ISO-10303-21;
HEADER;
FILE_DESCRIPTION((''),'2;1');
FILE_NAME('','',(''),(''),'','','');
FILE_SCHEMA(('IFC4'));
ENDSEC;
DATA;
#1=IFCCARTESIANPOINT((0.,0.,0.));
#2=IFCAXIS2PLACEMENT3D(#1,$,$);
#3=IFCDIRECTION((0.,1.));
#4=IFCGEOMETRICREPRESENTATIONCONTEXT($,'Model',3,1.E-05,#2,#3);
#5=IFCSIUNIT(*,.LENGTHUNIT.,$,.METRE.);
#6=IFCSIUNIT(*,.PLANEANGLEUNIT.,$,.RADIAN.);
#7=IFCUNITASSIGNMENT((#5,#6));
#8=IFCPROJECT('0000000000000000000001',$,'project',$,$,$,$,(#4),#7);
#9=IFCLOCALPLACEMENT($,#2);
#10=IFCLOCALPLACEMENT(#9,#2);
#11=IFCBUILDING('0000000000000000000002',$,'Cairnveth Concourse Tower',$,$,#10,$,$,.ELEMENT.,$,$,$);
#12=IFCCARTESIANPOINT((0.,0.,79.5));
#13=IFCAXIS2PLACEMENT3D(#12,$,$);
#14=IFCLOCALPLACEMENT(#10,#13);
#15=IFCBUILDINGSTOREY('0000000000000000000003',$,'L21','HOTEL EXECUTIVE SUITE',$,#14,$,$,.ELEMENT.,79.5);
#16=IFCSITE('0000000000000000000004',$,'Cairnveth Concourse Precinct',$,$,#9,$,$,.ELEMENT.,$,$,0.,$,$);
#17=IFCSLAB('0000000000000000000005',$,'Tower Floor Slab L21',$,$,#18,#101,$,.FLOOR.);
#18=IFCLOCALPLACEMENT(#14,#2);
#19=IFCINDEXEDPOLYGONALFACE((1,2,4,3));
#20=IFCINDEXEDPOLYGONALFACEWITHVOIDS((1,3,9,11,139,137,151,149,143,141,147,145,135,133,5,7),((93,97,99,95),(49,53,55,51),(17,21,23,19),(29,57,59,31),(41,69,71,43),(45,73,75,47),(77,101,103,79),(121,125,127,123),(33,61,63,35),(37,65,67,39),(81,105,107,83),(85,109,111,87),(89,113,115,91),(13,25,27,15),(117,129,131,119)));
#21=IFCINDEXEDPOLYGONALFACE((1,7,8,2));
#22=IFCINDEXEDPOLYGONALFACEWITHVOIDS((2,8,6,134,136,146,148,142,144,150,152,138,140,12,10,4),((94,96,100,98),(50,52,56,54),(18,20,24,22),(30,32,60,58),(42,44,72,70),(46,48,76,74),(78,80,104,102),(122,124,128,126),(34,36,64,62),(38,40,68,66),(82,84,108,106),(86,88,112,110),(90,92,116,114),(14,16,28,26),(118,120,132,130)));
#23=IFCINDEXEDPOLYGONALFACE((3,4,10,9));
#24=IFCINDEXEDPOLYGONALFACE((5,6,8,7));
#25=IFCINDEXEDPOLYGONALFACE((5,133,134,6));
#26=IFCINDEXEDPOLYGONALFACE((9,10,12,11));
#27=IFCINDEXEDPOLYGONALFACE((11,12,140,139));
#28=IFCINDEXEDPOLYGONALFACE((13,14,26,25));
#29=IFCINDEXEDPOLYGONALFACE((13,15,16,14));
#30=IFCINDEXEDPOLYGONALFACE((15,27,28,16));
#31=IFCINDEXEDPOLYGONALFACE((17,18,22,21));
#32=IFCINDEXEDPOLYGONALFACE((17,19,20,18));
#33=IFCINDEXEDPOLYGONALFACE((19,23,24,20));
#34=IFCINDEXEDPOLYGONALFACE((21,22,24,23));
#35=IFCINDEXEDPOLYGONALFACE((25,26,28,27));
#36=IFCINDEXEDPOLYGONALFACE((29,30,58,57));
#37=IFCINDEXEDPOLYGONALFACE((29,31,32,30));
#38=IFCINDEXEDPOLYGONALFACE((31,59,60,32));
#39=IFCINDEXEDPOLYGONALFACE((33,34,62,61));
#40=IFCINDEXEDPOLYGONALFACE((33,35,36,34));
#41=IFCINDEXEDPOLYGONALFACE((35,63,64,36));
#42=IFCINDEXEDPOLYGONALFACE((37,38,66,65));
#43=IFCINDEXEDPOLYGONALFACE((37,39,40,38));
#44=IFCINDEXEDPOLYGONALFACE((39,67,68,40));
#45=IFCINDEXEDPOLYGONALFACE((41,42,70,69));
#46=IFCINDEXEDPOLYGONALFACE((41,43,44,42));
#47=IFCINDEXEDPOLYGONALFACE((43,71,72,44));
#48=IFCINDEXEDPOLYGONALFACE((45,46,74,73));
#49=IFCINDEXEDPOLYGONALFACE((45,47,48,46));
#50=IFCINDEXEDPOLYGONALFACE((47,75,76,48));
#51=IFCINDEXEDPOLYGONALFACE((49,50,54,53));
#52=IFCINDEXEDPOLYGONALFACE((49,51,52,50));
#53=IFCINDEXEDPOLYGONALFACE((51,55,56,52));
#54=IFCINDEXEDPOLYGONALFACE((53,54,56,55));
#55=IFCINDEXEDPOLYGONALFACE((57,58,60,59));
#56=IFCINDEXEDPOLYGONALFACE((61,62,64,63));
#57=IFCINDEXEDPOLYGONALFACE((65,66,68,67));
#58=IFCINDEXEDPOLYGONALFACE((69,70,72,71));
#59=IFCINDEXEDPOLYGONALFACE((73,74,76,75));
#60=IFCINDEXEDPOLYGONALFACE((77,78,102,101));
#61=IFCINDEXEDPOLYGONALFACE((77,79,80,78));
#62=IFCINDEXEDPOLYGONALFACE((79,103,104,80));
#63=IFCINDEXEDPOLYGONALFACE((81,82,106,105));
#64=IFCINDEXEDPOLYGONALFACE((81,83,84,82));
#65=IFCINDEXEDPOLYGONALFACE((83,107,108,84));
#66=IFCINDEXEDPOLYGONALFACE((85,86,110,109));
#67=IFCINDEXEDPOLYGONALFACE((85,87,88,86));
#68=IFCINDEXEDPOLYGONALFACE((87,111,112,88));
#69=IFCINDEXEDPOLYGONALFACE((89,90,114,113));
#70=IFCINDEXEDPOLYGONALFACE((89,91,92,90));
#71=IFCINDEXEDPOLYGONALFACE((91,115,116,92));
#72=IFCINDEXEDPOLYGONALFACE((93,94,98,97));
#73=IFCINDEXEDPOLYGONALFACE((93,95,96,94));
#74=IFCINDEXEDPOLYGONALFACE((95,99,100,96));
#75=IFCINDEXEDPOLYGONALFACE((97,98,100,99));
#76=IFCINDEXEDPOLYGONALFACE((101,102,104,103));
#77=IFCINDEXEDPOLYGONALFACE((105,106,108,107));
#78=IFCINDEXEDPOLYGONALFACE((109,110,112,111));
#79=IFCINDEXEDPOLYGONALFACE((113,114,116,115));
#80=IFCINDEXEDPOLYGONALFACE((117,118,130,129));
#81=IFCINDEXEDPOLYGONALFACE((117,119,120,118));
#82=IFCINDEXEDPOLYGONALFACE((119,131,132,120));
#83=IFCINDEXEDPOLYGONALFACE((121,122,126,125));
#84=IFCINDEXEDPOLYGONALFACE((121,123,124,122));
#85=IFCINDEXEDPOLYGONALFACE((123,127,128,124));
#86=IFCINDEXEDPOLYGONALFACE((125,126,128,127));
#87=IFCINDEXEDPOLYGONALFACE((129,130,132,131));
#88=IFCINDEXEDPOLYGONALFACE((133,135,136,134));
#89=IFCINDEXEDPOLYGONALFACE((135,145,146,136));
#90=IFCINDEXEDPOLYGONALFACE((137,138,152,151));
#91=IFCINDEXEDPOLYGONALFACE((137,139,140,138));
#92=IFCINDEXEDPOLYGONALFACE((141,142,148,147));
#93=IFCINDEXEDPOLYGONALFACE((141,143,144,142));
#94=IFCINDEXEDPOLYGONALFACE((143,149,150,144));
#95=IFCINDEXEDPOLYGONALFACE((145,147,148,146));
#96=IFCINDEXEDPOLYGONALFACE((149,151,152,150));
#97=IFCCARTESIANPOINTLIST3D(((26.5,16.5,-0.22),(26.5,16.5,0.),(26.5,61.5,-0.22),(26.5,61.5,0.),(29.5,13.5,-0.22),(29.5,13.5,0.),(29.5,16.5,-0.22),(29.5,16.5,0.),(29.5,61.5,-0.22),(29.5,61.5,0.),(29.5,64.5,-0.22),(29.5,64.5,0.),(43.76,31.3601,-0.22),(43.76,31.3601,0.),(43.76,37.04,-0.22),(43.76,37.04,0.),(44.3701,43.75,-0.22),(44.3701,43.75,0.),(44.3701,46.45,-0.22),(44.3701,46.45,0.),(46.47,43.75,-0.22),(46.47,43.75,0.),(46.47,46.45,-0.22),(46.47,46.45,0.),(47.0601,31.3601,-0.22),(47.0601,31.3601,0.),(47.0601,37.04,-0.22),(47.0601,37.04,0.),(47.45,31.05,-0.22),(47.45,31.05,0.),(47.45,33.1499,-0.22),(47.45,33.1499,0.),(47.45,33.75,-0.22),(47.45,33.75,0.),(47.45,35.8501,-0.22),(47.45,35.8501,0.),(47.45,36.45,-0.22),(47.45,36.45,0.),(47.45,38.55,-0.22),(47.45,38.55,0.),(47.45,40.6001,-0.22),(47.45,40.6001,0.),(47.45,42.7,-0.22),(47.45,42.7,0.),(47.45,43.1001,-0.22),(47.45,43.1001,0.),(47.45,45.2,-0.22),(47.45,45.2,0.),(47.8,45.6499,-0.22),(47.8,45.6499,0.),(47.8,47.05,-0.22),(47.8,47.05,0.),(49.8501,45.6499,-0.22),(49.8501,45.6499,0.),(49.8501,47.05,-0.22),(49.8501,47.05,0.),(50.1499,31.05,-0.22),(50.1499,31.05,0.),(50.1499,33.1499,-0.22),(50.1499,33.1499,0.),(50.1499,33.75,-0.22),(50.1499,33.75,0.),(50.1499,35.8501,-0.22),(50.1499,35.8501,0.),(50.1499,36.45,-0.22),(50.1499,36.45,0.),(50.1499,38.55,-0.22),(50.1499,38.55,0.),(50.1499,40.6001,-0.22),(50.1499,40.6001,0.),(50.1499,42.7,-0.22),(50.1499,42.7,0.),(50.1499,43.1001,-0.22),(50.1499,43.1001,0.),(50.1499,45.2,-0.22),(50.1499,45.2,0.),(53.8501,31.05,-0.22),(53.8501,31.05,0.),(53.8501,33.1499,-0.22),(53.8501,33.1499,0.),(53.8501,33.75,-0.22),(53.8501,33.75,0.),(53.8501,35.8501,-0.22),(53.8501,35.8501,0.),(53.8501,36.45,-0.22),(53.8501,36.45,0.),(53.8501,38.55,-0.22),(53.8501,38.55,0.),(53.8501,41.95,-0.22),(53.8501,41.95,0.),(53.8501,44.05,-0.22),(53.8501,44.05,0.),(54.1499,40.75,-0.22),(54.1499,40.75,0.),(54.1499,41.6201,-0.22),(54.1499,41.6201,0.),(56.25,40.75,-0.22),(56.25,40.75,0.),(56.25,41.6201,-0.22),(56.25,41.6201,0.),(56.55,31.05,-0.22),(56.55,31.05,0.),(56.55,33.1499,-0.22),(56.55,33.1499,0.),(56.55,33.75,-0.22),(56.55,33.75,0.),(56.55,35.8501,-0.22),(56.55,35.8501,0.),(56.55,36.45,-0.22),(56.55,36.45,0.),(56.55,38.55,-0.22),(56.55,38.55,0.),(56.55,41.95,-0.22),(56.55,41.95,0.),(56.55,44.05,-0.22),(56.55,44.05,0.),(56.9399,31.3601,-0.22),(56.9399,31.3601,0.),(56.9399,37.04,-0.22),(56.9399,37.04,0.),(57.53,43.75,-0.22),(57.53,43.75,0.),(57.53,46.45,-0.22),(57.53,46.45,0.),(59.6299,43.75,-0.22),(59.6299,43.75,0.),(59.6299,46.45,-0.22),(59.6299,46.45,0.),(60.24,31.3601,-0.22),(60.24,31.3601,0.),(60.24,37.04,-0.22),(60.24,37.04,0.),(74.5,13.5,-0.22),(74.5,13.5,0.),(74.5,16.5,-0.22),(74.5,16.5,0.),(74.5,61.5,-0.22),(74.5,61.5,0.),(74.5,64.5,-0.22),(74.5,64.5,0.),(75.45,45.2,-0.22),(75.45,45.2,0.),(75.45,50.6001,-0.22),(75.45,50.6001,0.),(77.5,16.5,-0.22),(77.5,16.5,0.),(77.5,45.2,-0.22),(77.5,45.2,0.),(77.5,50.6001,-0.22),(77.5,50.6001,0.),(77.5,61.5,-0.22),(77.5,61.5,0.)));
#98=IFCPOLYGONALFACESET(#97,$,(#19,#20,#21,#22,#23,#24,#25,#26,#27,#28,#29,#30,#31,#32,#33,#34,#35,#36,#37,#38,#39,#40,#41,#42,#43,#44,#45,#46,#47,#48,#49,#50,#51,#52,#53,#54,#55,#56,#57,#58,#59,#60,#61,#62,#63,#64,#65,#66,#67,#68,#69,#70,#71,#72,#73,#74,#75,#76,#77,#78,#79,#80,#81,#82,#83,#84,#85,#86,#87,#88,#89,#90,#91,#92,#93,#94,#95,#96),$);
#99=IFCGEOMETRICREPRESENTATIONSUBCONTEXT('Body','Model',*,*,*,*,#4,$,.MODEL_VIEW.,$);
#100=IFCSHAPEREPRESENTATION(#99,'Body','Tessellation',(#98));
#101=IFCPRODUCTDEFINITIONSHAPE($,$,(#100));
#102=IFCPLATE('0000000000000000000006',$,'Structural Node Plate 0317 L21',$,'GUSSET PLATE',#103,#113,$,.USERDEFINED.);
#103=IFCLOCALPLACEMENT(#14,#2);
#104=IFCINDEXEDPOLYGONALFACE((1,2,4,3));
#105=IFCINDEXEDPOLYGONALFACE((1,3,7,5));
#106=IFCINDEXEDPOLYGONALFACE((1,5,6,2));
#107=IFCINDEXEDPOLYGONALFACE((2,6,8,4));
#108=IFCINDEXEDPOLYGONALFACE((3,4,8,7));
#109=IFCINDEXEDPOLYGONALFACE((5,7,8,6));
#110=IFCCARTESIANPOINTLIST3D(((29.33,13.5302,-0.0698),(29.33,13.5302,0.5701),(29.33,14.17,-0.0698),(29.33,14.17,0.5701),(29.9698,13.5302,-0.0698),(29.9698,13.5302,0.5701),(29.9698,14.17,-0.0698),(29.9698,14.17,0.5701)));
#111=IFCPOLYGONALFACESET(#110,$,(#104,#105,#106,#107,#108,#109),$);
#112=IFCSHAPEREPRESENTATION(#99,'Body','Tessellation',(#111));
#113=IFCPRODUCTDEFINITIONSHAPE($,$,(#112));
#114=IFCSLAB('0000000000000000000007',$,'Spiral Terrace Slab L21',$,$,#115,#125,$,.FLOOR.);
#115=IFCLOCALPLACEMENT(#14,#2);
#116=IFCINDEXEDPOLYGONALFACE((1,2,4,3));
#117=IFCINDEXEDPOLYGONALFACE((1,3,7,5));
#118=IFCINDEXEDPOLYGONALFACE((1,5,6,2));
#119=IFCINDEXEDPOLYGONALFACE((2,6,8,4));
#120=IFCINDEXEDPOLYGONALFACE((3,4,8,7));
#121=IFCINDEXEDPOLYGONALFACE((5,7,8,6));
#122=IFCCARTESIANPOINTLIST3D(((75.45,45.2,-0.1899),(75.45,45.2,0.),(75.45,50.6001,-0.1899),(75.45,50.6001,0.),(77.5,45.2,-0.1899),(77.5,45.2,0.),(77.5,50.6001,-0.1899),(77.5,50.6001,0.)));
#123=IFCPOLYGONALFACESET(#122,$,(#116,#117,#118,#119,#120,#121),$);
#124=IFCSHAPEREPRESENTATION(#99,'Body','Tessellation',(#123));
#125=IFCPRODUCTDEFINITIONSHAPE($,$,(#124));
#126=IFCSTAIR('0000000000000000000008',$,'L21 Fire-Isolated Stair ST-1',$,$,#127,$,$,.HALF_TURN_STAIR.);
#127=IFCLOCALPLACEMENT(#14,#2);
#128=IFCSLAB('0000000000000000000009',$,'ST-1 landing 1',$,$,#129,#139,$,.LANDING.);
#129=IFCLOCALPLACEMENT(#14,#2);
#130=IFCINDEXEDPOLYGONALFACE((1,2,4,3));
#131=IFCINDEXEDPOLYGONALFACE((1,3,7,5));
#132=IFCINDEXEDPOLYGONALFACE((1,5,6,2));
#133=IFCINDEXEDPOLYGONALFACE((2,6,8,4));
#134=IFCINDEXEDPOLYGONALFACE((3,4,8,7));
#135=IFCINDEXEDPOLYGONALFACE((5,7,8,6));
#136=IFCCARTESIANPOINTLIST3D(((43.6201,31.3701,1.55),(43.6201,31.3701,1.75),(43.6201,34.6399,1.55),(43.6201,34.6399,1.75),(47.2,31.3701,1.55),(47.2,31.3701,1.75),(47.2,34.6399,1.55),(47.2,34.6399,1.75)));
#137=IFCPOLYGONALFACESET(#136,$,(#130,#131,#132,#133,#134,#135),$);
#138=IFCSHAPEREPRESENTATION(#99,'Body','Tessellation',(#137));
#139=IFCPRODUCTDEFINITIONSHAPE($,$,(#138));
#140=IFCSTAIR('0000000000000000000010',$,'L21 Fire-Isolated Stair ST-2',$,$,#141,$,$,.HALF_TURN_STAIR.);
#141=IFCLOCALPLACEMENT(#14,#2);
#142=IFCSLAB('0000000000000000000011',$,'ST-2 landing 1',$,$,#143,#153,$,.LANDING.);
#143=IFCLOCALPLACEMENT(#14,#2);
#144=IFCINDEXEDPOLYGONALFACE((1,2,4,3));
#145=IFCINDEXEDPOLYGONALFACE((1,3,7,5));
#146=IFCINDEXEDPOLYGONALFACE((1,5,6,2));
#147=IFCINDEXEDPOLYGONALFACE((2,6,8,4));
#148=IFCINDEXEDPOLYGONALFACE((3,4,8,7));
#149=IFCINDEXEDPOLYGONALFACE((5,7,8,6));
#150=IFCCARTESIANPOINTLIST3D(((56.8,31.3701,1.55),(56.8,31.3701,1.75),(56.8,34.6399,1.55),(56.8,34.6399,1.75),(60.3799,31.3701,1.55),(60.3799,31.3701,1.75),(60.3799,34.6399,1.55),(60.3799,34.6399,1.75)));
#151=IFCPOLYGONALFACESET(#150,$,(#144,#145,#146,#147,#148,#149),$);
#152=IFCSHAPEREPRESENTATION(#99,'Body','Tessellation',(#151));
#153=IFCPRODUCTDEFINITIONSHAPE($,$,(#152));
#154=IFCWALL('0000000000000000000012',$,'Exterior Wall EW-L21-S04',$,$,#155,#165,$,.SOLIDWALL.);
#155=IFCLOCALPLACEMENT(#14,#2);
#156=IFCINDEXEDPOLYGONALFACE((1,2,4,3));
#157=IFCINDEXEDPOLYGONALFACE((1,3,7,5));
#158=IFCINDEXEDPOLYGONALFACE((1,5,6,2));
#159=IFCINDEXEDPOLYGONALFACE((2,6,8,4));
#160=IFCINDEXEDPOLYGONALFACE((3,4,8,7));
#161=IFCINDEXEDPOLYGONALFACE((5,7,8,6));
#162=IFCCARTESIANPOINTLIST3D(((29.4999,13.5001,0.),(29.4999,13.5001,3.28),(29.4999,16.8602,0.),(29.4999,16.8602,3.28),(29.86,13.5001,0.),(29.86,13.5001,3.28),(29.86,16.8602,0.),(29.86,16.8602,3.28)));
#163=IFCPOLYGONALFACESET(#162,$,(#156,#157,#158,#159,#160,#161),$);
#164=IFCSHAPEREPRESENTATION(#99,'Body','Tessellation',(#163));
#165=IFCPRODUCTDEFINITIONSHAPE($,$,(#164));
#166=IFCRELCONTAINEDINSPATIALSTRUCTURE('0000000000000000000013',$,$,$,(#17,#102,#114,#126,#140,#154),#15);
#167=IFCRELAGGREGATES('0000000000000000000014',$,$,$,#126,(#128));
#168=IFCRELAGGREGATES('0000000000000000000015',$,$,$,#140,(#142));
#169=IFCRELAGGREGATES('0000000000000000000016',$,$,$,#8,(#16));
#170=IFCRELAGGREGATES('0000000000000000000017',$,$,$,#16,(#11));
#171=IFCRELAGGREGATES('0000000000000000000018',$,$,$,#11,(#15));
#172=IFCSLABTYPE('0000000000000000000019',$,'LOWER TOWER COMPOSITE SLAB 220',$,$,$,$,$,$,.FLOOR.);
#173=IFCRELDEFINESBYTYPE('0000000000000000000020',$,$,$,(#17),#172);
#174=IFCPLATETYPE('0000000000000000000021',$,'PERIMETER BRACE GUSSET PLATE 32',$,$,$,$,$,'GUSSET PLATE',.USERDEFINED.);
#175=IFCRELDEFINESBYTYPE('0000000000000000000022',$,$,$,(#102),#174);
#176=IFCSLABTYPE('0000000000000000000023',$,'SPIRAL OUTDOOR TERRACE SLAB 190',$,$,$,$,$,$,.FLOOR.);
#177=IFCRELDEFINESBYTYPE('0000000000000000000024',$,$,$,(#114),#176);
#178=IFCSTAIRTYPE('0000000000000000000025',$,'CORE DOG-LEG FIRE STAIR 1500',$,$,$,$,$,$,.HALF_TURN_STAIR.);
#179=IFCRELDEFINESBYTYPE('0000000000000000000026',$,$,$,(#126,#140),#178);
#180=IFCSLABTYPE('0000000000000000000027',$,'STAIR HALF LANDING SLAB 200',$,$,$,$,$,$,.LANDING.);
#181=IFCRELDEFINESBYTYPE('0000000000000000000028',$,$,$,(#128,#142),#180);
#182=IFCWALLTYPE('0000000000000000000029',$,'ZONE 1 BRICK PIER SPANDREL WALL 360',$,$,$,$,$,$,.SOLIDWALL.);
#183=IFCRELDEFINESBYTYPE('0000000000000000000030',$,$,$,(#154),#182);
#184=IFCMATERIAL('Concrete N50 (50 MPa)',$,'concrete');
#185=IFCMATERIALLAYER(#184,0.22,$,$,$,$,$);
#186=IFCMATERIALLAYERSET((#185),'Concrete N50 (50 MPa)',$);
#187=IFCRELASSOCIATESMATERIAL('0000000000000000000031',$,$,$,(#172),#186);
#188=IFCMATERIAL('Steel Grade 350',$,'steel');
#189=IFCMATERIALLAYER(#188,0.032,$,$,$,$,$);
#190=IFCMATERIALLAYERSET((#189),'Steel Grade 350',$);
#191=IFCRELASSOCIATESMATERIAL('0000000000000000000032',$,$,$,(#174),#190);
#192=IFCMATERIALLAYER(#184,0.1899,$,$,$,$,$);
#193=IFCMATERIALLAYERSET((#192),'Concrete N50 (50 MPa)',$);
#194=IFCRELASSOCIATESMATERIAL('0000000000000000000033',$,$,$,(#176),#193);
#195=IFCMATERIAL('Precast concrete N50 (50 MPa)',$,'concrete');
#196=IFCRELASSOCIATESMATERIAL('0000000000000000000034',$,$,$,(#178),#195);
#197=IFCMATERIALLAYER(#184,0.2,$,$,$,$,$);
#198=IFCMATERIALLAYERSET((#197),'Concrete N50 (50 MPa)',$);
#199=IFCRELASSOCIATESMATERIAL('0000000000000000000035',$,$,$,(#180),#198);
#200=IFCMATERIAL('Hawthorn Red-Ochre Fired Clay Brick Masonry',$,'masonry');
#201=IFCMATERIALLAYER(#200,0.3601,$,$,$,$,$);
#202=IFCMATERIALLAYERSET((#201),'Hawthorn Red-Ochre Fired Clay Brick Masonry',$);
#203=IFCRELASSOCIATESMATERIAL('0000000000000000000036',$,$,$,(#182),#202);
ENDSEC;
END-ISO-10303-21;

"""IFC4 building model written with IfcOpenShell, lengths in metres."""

from ifc_helpers import new_model, si_unit, direction, frame, frame_2d, origin, origin_2d, place, context, subcontext, project, spatial, polyline, rectangle, outline, extrude, material, layer, layer_set, type_object, element, aggregate, save


model = new_model("IFC4")

# Units and contexts
model_context = context("Model", 3, precision=1e-05, world=origin(), true_north=direction((0.0, 1.0)))
body_context = subcontext(model_context, "Body", "Model", "MODEL_VIEW")
ifc_project = project(units=[si_unit("LENGTHUNIT", "METRE"), si_unit("PLANEANGLEUNIT", "RADIAN")], contexts=[model_context])

# Site, building, storey
site_placement = place(None, origin())
site = spatial("IfcSite", under=ifc_project, at=site_placement, Name="Cairnveth Concourse Precinct", CompositionType="ELEMENT", RefElevation=0.0)
building_placement = place(site_placement, origin())
building = spatial("IfcBuilding", under=site, at=building_placement, Name="Cairnveth Concourse Tower", CompositionType="ELEMENT")
storey_placement = place(building_placement, frame((0.0, 0.0, 79.5)))
storey = spatial("IfcBuildingStorey", under=building, at=storey_placement, Name="L21", Description="HOTEL EXECUTIVE SUITE", CompositionType="ELEMENT", Elevation=79.5)

# Shared definitions
ifc_material_1 = material(Name="Steel Grade 350", Category="steel")

# Slab
ifc_material_2 = material(Name="Concrete N50 (50 MPa)", Category="concrete")
ifc_layer_1 = layer(ifc_material_2, 0.22)
ifc_layer_set_1 = layer_set([ifc_layer_1], Name="Concrete N50 (50 MPa)")
slab_type_1 = type_object("IfcSlabType", Name="LOWER TOWER COMPOSITE SLAB 220", PredefinedType="FLOOR", material=ifc_layer_set_1)
slab_1_placement = place(storey_placement, frame((0.0, 0.0, -0.22)))
element("IfcSlab", 1, at=slab_1_placement, inside=storey, type_object=slab_type_1, Name="Tower Floor Slab L21", PredefinedType="FLOOR", context=body_context, shape_type="SweptSolid", body=[
    extrude(outline(polyline([(77.5, 45.2), (75.45, 45.2), (75.45, 50.6001), (77.5, 50.6001), (77.5, 61.5), (74.5, 61.5), (74.5, 64.5), (29.5, 64.5), (29.5, 61.5), (26.5, 61.5), (26.5, 16.5), (29.5, 16.5), (29.5, 13.5), (74.5, 13.5), (74.5, 16.5), (77.5, 16.5), (77.5, 45.2)]), holes=[polyline([(43.76, 31.3601), (47.0601, 31.3601), (47.0601, 37.04), (43.76, 37.04), (43.76, 31.3601)]), polyline([(56.9399, 31.3601), (60.24, 31.3601), (60.24, 37.04), (56.9399, 37.04), (56.9399, 31.3601)]), polyline([(44.3701, 43.75), (46.47, 43.75), (46.47, 46.45), (44.3701, 46.45), (44.3701, 43.75)]), polyline([(57.53, 43.75), (59.6299, 43.75), (59.6299, 46.45), (57.53, 46.45), (57.53, 43.75)]), polyline([(47.45, 31.05), (50.1499, 31.05), (50.1499, 33.1499), (47.45, 33.1499), (47.45, 31.05)]), polyline([(47.45, 33.75), (50.1499, 33.75), (50.1499, 35.8501), (47.45, 35.8501), (47.45, 33.75)]), polyline([(47.45, 36.45), (50.1499, 36.45), (50.1499, 38.55), (47.45, 38.55), (47.45, 36.45)]), polyline([(53.8501, 31.05), (56.55, 31.05), (56.55, 33.1499), (53.8501, 33.1499), (53.8501, 31.05)]), polyline([(53.8501, 33.75), (56.55, 33.75), (56.55, 35.8501), (53.8501, 35.8501), (53.8501, 33.75)]), polyline([(53.8501, 36.45), (56.55, 36.45), (56.55, 38.55), (53.8501, 38.55), (53.8501, 36.45)]), polyline([(47.45, 40.6001), (50.1499, 40.6001), (50.1499, 42.7), (47.45, 42.7), (47.45, 40.6001)]), polyline([(47.45, 43.1001), (50.1499, 43.1001), (50.1499, 45.2), (47.45, 45.2), (47.45, 43.1001)]), polyline([(53.8501, 41.95), (56.55, 41.95), (56.55, 44.05), (53.8501, 44.05), (53.8501, 41.95)]), polyline([(47.8, 45.6499), (49.8501, 45.6499), (49.8501, 47.05), (47.8, 47.05), (47.8, 45.6499)]), polyline([(54.1499, 40.75), (56.25, 40.75), (56.25, 41.6201), (54.1499, 41.6201), (54.1499, 40.75)])]), origin(), (0.0, 0.0, 1.0), 0.22),
])

# Plate
ifc_layer_2 = layer(ifc_material_1, 0.032)
ifc_layer_set_2 = layer_set([ifc_layer_2], Name="Steel Grade 350")
plate_type = type_object("IfcPlateType", Name="PERIMETER BRACE GUSSET PLATE 32", ElementType="GUSSET PLATE", PredefinedType="USERDEFINED", material=ifc_layer_set_2)
plate_placement = place(storey_placement, frame((29.6499, 13.8501, -0.0698), z_axis=(0.0, 0.0, 1.0), x_axis=(1.0, 0.0, 0.0)))
element("IfcPlate", 2, at=plate_placement, inside=storey, type_object=plate_type, Name="Structural Node Plate 0317 L21", ObjectType="GUSSET PLATE", PredefinedType="USERDEFINED", context=body_context, shape_type="SweptSolid", body=[
    extrude(rectangle(XDim=0.6399, YDim=0.6399, at=origin_2d()), origin(), (0.0, 0.0, 1.0), 0.6399),
])

# Slab
ifc_layer_3 = layer(ifc_material_2, 0.1899)
ifc_layer_set_3 = layer_set([ifc_layer_3], Name="Concrete N50 (50 MPa)")
slab_type_2 = type_object("IfcSlabType", Name="SPIRAL OUTDOOR TERRACE SLAB 190", PredefinedType="FLOOR", material=ifc_layer_set_3)
slab_2_placement = place(storey_placement, frame((0.0, 0.0, -0.1899)))
element("IfcSlab", 3, at=slab_2_placement, inside=storey, type_object=slab_type_2, Name="Spiral Terrace Slab L21", PredefinedType="FLOOR", context=body_context, shape_type="SweptSolid", body=[
    extrude(outline(polyline([(75.45, 45.2), (77.5, 45.2), (77.5, 50.6001), (75.45, 50.6001), (75.45, 45.2)])), origin(), (0.0, 0.0, 1.0), 0.1899),
])

# Stairs, slabs
ifc_material_3 = material(Name="Precast concrete N50 (50 MPa)", Category="concrete")
stair_type = type_object("IfcStairType", Name="CORE DOG-LEG FIRE STAIR 1500", PredefinedType="HALF_TURN_STAIR", material=ifc_material_3)
stair_1_placement = place(storey_placement, origin())
stair_1 = element("IfcStair", 4, at=stair_1_placement, inside=storey, type_object=stair_type, Name="L21 Fire-Isolated Stair ST-1", PredefinedType="HALF_TURN_STAIR")
ifc_layer_4 = layer(ifc_material_2, 0.2)
ifc_layer_set_4 = layer_set([ifc_layer_4], Name="Concrete N50 (50 MPa)")
slab_type_3 = type_object("IfcSlabType", Name="STAIR HALF LANDING SLAB 200", PredefinedType="LANDING", material=ifc_layer_set_4)
slab_3_placement = place(storey_placement, frame((0.0, 0.0, 1.55)))
slab_3 = element("IfcSlab", 5, at=slab_3_placement, type_object=slab_type_3, Name="ST-1 landing 1", PredefinedType="LANDING", context=body_context, shape_type="SweptSolid", body=[
    extrude(outline(polyline([(43.6201, 34.6399), (43.6201, 31.3701), (47.2, 31.3701), (47.2, 34.6399), (43.6201, 34.6399)])), origin(), (0.0, 0.0, 1.0), 0.2),
])
aggregate(stair_1, [slab_3])
stair_2_placement = place(storey_placement, origin())
stair_2 = element("IfcStair", 6, at=stair_2_placement, inside=storey, type_object=stair_type, Name="L21 Fire-Isolated Stair ST-2", PredefinedType="HALF_TURN_STAIR")
slab_4_placement = place(storey_placement, frame((0.0, 0.0, 1.55)))
slab_4 = element("IfcSlab", 7, at=slab_4_placement, type_object=slab_type_3, Name="ST-2 landing 1", PredefinedType="LANDING", context=body_context, shape_type="SweptSolid", body=[
    extrude(outline(polyline([(56.8, 34.6399), (56.8, 31.3701), (60.3799, 31.3701), (60.3799, 34.6399), (56.8, 34.6399)])), origin(), (0.0, 0.0, 1.0), 0.2),
])
aggregate(stair_2, [slab_4])

# Wall
ifc_material_4 = material(Name="Hawthorn Red-Ochre Fired Clay Brick Masonry", Category="masonry")
ifc_layer_5 = layer(ifc_material_4, 0.3601)
ifc_layer_set_5 = layer_set([ifc_layer_5], Name="Hawthorn Red-Ochre Fired Clay Brick Masonry")
wall_type = type_object("IfcWallType", Name="ZONE 1 BRICK PIER SPANDREL WALL 360", PredefinedType="SOLIDWALL", material=ifc_layer_set_5)
wall_1_placement = place(storey_placement, frame((29.6799, 13.5, 0.0), z_axis=(0.0, 0.0, 1.0), x_axis=(0.0, 1.0, 0.0)))
element("IfcWall", 8, at=wall_1_placement, inside=storey, type_object=wall_type, Name="Exterior Wall EW-L21-S04", PredefinedType="SOLIDWALL", context=body_context, shape_type="SweptSolid", body=[
    extrude(rectangle(XDim=3.3601, YDim=0.3601, at=frame_2d((1.6802, 0.0))), origin(), (0.0, 0.0, 1.0), 3.28),
])

save(model, "model.ifc")
